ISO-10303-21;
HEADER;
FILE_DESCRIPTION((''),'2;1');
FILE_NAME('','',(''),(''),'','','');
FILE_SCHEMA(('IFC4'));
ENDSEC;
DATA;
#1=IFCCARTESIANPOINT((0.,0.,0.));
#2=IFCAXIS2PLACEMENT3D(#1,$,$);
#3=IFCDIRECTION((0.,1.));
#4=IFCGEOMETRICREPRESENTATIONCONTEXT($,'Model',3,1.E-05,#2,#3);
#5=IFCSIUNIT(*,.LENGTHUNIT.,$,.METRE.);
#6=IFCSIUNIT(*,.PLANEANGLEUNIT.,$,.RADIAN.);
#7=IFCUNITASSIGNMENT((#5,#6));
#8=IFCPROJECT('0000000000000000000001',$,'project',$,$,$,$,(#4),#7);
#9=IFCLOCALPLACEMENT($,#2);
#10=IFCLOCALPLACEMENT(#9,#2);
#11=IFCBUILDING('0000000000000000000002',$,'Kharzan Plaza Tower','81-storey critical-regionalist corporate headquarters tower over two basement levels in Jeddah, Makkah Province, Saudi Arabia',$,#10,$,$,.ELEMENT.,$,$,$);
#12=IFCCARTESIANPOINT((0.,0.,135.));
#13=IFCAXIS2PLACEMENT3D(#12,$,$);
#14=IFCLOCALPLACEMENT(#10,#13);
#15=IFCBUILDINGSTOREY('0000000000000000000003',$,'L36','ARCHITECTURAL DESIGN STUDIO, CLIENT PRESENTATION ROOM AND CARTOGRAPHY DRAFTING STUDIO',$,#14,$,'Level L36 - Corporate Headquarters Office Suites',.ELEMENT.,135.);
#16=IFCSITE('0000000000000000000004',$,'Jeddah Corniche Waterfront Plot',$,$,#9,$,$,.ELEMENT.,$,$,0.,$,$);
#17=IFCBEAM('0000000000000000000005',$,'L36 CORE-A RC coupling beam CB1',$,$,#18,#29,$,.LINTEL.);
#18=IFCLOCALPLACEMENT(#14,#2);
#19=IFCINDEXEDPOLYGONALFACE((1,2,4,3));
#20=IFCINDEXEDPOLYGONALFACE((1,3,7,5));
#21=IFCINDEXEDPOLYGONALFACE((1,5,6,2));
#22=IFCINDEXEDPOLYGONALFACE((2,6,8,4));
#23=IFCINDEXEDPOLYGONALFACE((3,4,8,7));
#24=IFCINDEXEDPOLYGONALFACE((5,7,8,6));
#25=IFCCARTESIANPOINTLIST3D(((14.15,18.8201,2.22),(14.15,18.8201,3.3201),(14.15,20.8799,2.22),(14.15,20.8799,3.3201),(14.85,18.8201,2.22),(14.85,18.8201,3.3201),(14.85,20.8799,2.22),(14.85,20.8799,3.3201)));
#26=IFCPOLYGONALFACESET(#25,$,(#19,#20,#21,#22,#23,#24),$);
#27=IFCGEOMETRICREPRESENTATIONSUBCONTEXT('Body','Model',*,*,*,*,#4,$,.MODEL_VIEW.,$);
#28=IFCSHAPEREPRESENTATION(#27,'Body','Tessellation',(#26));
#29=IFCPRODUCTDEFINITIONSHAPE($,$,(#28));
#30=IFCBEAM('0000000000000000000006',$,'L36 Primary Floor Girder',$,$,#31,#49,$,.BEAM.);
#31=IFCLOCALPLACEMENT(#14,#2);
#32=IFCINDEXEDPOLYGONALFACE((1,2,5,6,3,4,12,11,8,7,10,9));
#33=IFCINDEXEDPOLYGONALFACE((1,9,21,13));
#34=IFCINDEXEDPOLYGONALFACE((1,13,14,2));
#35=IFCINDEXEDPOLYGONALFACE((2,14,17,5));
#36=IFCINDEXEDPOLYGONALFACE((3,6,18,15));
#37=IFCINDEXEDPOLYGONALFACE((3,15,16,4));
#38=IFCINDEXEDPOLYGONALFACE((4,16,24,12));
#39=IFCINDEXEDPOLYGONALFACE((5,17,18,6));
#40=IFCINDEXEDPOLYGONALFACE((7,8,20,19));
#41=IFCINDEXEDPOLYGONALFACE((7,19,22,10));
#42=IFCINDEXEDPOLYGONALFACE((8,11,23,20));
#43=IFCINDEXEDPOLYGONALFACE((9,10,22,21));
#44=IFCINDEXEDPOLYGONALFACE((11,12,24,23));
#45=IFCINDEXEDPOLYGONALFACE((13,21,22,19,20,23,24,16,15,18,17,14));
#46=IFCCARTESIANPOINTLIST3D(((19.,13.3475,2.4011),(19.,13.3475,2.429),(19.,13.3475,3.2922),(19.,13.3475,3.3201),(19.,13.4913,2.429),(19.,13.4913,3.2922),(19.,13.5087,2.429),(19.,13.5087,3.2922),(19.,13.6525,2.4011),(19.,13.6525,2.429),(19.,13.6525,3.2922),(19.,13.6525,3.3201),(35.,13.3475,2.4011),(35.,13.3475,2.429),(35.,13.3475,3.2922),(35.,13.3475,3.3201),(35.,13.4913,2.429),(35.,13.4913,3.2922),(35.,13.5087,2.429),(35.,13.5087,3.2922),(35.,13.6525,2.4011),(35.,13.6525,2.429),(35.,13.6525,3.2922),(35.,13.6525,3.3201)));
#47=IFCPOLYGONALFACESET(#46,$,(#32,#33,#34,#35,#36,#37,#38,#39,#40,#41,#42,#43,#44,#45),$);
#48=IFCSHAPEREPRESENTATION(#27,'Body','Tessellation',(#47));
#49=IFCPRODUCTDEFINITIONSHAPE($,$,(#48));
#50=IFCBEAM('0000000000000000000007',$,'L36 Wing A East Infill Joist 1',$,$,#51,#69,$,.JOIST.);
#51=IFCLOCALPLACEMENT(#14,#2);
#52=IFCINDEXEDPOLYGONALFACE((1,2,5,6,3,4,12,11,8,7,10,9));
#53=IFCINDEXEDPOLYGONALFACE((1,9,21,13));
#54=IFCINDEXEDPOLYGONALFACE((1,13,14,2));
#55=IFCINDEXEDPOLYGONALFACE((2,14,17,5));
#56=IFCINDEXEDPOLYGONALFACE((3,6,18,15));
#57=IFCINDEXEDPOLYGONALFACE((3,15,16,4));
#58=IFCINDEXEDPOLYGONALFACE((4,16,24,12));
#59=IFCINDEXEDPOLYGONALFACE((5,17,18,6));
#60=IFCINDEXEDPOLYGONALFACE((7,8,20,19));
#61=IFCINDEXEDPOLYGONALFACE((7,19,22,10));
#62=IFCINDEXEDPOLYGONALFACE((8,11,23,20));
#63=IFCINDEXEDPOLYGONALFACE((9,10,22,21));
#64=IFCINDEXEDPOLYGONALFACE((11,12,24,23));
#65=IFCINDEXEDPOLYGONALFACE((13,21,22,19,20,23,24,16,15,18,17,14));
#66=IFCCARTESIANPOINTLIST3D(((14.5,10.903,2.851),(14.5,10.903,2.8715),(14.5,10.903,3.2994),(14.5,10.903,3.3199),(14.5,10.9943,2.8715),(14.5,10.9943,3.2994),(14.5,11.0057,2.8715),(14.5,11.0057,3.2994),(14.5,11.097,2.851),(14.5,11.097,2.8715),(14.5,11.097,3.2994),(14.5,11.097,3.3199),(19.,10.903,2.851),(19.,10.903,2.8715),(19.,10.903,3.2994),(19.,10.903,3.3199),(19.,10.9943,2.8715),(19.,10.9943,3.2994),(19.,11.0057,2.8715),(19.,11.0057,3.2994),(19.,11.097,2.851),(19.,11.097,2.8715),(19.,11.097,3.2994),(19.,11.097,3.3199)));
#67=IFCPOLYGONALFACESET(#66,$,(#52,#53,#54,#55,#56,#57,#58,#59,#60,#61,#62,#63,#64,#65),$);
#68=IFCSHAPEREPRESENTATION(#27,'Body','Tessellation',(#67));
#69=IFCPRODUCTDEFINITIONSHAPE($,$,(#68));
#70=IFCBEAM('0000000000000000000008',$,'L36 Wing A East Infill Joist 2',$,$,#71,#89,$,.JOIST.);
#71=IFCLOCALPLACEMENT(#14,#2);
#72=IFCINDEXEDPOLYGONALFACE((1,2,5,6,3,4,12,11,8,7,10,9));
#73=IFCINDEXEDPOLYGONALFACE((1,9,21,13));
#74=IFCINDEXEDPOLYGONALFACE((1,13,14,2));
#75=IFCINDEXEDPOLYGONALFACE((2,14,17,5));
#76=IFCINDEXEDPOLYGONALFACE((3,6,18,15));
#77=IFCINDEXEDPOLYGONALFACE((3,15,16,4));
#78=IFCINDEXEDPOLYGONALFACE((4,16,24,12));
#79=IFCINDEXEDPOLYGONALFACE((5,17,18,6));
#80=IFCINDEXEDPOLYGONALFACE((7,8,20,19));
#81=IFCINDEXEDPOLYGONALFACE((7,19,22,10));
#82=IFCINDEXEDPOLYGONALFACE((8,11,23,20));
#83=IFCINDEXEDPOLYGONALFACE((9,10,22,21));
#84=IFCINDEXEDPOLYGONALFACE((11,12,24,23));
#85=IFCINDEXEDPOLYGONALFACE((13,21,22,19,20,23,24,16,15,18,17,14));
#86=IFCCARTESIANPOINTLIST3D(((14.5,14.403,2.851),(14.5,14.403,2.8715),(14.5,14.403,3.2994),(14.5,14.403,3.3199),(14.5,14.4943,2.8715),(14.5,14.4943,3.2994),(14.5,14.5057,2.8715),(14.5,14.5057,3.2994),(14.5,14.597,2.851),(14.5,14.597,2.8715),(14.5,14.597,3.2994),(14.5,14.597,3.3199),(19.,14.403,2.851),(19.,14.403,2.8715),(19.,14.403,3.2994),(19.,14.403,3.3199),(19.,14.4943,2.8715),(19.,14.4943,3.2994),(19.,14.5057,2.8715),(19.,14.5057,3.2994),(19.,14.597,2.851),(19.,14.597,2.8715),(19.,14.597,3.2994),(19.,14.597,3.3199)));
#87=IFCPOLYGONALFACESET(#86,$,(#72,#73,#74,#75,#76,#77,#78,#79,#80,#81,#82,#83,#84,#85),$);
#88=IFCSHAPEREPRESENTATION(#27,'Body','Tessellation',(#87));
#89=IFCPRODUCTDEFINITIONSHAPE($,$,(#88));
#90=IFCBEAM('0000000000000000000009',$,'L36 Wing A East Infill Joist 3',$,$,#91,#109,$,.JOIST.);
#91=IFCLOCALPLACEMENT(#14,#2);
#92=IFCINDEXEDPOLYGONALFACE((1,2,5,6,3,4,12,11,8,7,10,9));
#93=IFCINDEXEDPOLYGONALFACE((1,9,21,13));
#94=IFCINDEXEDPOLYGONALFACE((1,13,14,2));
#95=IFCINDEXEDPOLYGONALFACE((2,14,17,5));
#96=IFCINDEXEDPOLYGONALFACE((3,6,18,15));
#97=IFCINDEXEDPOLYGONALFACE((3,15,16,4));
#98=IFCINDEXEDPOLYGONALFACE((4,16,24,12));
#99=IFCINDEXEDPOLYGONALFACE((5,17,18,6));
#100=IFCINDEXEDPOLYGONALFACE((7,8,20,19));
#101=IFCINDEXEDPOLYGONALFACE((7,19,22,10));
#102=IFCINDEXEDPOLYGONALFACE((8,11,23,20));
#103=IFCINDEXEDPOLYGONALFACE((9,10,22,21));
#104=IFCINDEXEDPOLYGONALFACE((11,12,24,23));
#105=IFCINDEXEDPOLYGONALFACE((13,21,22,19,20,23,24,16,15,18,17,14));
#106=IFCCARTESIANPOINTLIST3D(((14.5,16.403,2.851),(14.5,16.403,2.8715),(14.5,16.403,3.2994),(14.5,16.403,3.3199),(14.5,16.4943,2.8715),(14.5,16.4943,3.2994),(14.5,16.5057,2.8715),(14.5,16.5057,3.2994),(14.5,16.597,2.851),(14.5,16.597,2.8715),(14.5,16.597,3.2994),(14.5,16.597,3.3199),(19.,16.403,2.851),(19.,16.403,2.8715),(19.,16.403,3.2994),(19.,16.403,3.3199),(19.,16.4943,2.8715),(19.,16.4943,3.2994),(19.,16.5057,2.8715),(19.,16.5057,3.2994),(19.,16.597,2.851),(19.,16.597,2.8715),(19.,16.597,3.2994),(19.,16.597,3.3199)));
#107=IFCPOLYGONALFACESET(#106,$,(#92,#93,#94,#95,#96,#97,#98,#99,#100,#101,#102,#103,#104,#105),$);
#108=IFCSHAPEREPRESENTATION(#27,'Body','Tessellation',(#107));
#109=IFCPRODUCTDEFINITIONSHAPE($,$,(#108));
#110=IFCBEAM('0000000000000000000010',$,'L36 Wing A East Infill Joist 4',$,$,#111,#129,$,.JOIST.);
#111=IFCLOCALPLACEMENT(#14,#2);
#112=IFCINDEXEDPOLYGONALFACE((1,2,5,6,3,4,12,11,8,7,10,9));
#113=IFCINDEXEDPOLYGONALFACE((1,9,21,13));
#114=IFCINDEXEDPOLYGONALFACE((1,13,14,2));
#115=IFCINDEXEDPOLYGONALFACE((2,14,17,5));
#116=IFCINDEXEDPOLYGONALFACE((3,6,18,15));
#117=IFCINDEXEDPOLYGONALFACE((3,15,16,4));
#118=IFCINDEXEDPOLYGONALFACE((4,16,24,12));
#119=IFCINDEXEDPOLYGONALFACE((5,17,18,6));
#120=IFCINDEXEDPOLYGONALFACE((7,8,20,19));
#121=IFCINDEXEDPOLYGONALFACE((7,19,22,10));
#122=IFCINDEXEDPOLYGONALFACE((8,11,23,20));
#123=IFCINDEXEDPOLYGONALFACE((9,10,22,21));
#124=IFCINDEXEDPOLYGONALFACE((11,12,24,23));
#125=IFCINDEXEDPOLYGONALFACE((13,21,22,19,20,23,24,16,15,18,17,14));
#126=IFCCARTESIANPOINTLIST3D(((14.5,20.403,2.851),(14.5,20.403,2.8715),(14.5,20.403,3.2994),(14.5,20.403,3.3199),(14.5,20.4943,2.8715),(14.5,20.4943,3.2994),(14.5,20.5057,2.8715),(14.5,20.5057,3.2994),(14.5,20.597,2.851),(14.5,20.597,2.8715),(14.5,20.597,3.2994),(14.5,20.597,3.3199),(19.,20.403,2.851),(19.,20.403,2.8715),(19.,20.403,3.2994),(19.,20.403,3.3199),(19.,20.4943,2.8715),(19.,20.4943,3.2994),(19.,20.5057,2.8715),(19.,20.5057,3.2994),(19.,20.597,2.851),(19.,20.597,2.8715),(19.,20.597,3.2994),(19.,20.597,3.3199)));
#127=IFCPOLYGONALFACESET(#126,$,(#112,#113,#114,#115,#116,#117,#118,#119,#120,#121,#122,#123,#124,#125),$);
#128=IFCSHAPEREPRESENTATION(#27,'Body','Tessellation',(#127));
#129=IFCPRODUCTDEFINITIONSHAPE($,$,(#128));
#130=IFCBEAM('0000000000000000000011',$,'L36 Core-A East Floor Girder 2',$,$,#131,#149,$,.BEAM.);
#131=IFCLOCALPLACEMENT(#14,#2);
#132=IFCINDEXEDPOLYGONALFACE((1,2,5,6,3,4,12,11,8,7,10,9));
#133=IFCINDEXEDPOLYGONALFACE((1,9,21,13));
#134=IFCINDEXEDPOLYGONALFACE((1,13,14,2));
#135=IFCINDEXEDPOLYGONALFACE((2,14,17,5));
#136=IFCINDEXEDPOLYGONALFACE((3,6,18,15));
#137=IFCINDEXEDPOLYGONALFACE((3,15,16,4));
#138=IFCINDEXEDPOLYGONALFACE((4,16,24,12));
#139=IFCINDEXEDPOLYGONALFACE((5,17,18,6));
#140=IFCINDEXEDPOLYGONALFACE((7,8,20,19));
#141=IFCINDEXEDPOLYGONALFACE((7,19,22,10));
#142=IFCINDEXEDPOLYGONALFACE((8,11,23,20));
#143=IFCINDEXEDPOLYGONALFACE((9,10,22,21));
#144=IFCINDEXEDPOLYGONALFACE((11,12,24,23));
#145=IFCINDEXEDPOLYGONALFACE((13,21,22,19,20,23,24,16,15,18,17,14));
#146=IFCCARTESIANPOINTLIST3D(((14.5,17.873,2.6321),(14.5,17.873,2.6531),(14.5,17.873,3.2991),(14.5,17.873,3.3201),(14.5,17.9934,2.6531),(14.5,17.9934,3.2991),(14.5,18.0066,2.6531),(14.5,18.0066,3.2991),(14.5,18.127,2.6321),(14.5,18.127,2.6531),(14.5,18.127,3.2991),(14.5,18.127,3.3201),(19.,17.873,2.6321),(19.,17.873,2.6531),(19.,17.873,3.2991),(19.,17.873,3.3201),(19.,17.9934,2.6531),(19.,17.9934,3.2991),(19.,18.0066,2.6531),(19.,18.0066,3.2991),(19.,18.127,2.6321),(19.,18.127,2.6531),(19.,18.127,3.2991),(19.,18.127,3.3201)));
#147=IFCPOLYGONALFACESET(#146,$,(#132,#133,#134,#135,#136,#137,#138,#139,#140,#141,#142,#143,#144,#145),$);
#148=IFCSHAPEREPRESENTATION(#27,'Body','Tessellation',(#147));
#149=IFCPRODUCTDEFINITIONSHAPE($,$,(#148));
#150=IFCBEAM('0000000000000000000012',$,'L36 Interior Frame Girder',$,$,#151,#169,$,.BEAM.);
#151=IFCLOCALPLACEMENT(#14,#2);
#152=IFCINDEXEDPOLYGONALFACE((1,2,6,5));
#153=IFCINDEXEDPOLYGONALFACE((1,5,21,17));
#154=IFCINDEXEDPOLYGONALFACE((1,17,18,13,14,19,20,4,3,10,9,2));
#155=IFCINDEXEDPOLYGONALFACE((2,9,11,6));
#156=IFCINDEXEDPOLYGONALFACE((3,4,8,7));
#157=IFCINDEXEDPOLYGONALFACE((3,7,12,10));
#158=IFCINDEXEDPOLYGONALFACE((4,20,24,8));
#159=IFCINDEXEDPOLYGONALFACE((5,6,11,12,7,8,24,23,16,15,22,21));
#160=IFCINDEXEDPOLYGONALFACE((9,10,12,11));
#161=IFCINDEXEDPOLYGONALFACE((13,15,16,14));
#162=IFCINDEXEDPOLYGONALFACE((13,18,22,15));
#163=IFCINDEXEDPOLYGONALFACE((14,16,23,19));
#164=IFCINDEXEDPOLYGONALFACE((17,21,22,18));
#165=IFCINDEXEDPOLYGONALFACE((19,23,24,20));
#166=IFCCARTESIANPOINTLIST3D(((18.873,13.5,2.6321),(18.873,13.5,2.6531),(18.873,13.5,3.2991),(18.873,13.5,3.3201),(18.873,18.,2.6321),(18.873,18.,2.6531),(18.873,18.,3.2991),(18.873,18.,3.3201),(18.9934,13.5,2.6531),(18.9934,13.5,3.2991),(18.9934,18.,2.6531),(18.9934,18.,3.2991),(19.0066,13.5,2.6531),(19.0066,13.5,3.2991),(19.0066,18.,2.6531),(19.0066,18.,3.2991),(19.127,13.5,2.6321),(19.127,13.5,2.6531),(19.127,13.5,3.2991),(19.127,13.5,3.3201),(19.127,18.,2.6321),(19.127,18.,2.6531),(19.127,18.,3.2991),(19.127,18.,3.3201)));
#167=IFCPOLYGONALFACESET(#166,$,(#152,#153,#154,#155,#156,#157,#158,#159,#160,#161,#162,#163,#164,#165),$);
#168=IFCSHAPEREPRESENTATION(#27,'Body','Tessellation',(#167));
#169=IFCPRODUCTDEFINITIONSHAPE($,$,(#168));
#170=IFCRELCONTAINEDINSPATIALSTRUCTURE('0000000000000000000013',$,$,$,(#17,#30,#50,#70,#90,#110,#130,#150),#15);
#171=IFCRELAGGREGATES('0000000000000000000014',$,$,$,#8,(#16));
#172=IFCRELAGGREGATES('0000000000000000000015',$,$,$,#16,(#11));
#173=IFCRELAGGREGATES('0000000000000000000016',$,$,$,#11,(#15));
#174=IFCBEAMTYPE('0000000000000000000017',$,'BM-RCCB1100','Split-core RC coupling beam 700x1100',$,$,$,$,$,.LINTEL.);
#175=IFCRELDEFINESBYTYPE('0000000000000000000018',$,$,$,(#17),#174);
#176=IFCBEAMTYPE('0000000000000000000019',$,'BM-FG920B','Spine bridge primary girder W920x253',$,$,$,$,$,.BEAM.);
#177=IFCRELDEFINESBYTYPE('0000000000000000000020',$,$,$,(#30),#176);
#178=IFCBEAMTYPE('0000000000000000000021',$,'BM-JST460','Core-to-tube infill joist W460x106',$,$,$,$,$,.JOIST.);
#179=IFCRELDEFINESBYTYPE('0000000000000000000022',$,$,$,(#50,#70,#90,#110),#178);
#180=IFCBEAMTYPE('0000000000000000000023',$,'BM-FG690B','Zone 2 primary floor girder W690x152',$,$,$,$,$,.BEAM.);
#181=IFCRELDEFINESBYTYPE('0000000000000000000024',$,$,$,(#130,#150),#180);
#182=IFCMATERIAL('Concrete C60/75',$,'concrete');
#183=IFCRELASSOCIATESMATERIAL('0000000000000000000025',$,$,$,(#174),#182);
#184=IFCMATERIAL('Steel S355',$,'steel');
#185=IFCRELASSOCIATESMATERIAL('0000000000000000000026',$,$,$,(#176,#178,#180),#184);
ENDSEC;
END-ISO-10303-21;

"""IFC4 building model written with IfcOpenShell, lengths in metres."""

from ifc_helpers import new_model, si_unit, direction, frame, origin, origin_2d, place, context, subcontext, project, spatial, rectangle, i_section, extrude, source, transform, mapped, material, material_profile, profile_set, type_object, element, save


model = new_model("IFC4")

# Units and contexts
model_context = context("Model", 3, precision=1e-05, world=origin(), true_north=direction((0.0, 1.0)))
body_context = subcontext(model_context, "Body", "Model", "MODEL_VIEW")
ifc_project = project(units=[si_unit("LENGTHUNIT", "METRE"), si_unit("PLANEANGLEUNIT", "RADIAN")], contexts=[model_context])

# Site, building, storey
site_placement = place(None, origin())
site = spatial("IfcSite", under=ifc_project, at=site_placement, Name="Jeddah Corniche Waterfront Plot", CompositionType="ELEMENT", RefElevation=0.0)
building_placement = place(site_placement, origin())
building = spatial("IfcBuilding", under=site, at=building_placement, Name="Kharzan Plaza Tower", Description="81-storey critical-regionalist corporate headquarters tower over two basement levels in Jeddah, Makkah Province, Saudi Arabia", CompositionType="ELEMENT")
storey_placement = place(building_placement, frame((0.0, 0.0, 135.0)))
storey = spatial("IfcBuildingStorey", under=building, at=storey_placement, Name="L36", Description="ARCHITECTURAL DESIGN STUDIO, CLIENT PRESENTATION ROOM AND CARTOGRAPHY DRAFTING STUDIO", LongName="Level L36 - Corporate Headquarters Office Suites", CompositionType="ELEMENT", Elevation=135.0)

# Beams
ifc_material_1 = material(Name="Concrete C60/75", Category="concrete")
ifc_material_profile_1 = material_profile(ifc_material_1, rectangle(XDim=0.7, YDim=1.1001, at=origin_2d()), Name="RC-CB1100x700")
ifc_profile_set_1 = profile_set([ifc_material_profile_1], Name="Concrete C60/75")
beam_type_1 = type_object("IfcBeamType", Name="BM-RCCB1100", Description="Split-core RC coupling beam 700x1100", PredefinedType="LINTEL", material=ifc_profile_set_1)
shared_shape_1 = source(origin(), body_context, "Body", "SweptSolid", [
    extrude(rectangle(XDim=0.7, YDim=1.1001, at=origin_2d()), origin(), (0.0, 0.0, 1.0), 2.0598),
])
beam_1_placement = place(storey_placement, frame((14.5, 18.8201, 2.77), z_axis=(0.0, 1.0, 0.0), x_axis=(-1.0, 0.0, 0.0)))
element("IfcBeam", 1, at=beam_1_placement, inside=storey, type_object=beam_type_1, Name="L36 CORE-A RC coupling beam CB1", PredefinedType="LINTEL", context=body_context, shape_type="MappedRepresentation", body=[
    mapped(shared_shape_1, transform((0.0, 0.0, 0.0), x_axis=(1.0, 0.0, 0.0), y_axis=(0.0, 1.0, 0.0), z_axis=(0.0, 0.0, 1.0))),
])
ifc_material_2 = material(Name="Steel S355", Category="steel")
ifc_material_profile_2 = material_profile(ifc_material_2, i_section(OverallWidth=0.3049, OverallDepth=0.9189, WebThickness=0.0173, FlangeThickness=0.0278, at=origin_2d()), Name="W920x253")
ifc_profile_set_2 = profile_set([ifc_material_profile_2], Name="Steel S355")
beam_type_2 = type_object("IfcBeamType", Name="BM-FG920B", Description="Spine bridge primary girder W920x253", PredefinedType="BEAM", material=ifc_profile_set_2)
shared_shape_2 = source(origin(), body_context, "Body", "SweptSolid", [
    extrude(i_section(OverallWidth=0.3049, OverallDepth=0.9189, WebThickness=0.0173, FlangeThickness=0.0278, at=origin_2d()), origin(), (0.0, 0.0, 1.0), 16.0),
])
beam_2_placement = place(storey_placement, frame((19.0, 13.5, 2.8606), z_axis=(1.0, 0.0, 0.0), x_axis=(0.0, 1.0, 0.0)))
element("IfcBeam", 2, at=beam_2_placement, inside=storey, type_object=beam_type_2, Name="L36 Primary Floor Girder", PredefinedType="BEAM", context=body_context, shape_type="MappedRepresentation", body=[
    mapped(shared_shape_2, transform((0.0, 0.0, 0.0), x_axis=(1.0, 0.0, 0.0), y_axis=(0.0, 1.0, 0.0), z_axis=(0.0, 0.0, 1.0))),
])
ifc_material_profile_3 = material_profile(ifc_material_2, i_section(OverallWidth=0.1941, OverallDepth=0.469, WebThickness=0.0115, FlangeThickness=0.0205, at=origin_2d()), Name="W460x106")
ifc_profile_set_3 = profile_set([ifc_material_profile_3], Name="Steel S355")
beam_type_3 = type_object("IfcBeamType", Name="BM-JST460", Description="Core-to-tube infill joist W460x106", PredefinedType="JOIST", material=ifc_profile_set_3)
shared_shape_3 = source(origin(), body_context, "Body", "SweptSolid", [
    extrude(i_section(OverallWidth=0.1941, OverallDepth=0.469, WebThickness=0.0115, FlangeThickness=0.0205, at=origin_2d()), origin(), (0.0, 0.0, 1.0), 4.5),
])
for number, where, z_axis, x_axis, name in (
    (3, (14.5, 11.0, 3.0854), (1.0, 0.0, 0.0), (0.0, 1.0, 0.0), "L36 Wing A East Infill Joist 1"),
    (4, (14.5, 14.5, 3.0854), (1.0, 0.0, 0.0), (0.0, 1.0, 0.0), "L36 Wing A East Infill Joist 2"),
    (5, (14.5, 16.5, 3.0854), (1.0, 0.0, 0.0), (0.0, 1.0, 0.0), "L36 Wing A East Infill Joist 3"),
    (6, (14.5, 20.5, 3.0854), (1.0, 0.0, 0.0), (0.0, 1.0, 0.0), "L36 Wing A East Infill Joist 4"),
):
    element("IfcBeam", number, at=place(storey_placement, frame(where, z_axis=z_axis, x_axis=x_axis)), inside=storey, type_object=beam_type_3, Name=name, PredefinedType="JOIST", context=body_context, shape_type="MappedRepresentation", body=[
        mapped(shared_shape_3, transform((0.0, 0.0, 0.0), x_axis=(1.0, 0.0, 0.0), y_axis=(0.0, 1.0, 0.0), z_axis=(0.0, 0.0, 1.0))),
    ])
ifc_material_profile_4 = material_profile(ifc_material_2, i_section(OverallWidth=0.2539, OverallDepth=0.688, WebThickness=0.0132, FlangeThickness=0.021, at=origin_2d()), Name="W690x152")
ifc_profile_set_4 = profile_set([ifc_material_profile_4], Name="Steel S355")
beam_type_4 = type_object("IfcBeamType", Name="BM-FG690B", Description="Zone 2 primary floor girder W690x152", PredefinedType="BEAM", material=ifc_profile_set_4)
shared_shape_4 = source(origin(), body_context, "Body", "SweptSolid", [
    extrude(i_section(OverallWidth=0.2539, OverallDepth=0.688, WebThickness=0.0132, FlangeThickness=0.021, at=origin_2d()), origin(), (0.0, 0.0, 1.0), 4.5),
])
for number, where, z_axis, x_axis, name in (
    (7, (14.5, 18.0, 2.9761), (1.0, 0.0, 0.0), (0.0, 1.0, 0.0), "L36 Core-A East Floor Girder 2"),
    (8, (19.0, 13.5, 2.9761), (0.0, 1.0, 0.0), (-1.0, 0.0, 0.0), "L36 Interior Frame Girder"),
):
    element("IfcBeam", number, at=place(storey_placement, frame(where, z_axis=z_axis, x_axis=x_axis)), inside=storey, type_object=beam_type_4, Name=name, PredefinedType="BEAM", context=body_context, shape_type="MappedRepresentation", body=[
        mapped(shared_shape_4, transform((0.0, 0.0, 0.0), x_axis=(1.0, 0.0, 0.0), y_axis=(0.0, 1.0, 0.0), z_axis=(0.0, 0.0, 1.0))),
    ])

save(model, "model.ifc")
